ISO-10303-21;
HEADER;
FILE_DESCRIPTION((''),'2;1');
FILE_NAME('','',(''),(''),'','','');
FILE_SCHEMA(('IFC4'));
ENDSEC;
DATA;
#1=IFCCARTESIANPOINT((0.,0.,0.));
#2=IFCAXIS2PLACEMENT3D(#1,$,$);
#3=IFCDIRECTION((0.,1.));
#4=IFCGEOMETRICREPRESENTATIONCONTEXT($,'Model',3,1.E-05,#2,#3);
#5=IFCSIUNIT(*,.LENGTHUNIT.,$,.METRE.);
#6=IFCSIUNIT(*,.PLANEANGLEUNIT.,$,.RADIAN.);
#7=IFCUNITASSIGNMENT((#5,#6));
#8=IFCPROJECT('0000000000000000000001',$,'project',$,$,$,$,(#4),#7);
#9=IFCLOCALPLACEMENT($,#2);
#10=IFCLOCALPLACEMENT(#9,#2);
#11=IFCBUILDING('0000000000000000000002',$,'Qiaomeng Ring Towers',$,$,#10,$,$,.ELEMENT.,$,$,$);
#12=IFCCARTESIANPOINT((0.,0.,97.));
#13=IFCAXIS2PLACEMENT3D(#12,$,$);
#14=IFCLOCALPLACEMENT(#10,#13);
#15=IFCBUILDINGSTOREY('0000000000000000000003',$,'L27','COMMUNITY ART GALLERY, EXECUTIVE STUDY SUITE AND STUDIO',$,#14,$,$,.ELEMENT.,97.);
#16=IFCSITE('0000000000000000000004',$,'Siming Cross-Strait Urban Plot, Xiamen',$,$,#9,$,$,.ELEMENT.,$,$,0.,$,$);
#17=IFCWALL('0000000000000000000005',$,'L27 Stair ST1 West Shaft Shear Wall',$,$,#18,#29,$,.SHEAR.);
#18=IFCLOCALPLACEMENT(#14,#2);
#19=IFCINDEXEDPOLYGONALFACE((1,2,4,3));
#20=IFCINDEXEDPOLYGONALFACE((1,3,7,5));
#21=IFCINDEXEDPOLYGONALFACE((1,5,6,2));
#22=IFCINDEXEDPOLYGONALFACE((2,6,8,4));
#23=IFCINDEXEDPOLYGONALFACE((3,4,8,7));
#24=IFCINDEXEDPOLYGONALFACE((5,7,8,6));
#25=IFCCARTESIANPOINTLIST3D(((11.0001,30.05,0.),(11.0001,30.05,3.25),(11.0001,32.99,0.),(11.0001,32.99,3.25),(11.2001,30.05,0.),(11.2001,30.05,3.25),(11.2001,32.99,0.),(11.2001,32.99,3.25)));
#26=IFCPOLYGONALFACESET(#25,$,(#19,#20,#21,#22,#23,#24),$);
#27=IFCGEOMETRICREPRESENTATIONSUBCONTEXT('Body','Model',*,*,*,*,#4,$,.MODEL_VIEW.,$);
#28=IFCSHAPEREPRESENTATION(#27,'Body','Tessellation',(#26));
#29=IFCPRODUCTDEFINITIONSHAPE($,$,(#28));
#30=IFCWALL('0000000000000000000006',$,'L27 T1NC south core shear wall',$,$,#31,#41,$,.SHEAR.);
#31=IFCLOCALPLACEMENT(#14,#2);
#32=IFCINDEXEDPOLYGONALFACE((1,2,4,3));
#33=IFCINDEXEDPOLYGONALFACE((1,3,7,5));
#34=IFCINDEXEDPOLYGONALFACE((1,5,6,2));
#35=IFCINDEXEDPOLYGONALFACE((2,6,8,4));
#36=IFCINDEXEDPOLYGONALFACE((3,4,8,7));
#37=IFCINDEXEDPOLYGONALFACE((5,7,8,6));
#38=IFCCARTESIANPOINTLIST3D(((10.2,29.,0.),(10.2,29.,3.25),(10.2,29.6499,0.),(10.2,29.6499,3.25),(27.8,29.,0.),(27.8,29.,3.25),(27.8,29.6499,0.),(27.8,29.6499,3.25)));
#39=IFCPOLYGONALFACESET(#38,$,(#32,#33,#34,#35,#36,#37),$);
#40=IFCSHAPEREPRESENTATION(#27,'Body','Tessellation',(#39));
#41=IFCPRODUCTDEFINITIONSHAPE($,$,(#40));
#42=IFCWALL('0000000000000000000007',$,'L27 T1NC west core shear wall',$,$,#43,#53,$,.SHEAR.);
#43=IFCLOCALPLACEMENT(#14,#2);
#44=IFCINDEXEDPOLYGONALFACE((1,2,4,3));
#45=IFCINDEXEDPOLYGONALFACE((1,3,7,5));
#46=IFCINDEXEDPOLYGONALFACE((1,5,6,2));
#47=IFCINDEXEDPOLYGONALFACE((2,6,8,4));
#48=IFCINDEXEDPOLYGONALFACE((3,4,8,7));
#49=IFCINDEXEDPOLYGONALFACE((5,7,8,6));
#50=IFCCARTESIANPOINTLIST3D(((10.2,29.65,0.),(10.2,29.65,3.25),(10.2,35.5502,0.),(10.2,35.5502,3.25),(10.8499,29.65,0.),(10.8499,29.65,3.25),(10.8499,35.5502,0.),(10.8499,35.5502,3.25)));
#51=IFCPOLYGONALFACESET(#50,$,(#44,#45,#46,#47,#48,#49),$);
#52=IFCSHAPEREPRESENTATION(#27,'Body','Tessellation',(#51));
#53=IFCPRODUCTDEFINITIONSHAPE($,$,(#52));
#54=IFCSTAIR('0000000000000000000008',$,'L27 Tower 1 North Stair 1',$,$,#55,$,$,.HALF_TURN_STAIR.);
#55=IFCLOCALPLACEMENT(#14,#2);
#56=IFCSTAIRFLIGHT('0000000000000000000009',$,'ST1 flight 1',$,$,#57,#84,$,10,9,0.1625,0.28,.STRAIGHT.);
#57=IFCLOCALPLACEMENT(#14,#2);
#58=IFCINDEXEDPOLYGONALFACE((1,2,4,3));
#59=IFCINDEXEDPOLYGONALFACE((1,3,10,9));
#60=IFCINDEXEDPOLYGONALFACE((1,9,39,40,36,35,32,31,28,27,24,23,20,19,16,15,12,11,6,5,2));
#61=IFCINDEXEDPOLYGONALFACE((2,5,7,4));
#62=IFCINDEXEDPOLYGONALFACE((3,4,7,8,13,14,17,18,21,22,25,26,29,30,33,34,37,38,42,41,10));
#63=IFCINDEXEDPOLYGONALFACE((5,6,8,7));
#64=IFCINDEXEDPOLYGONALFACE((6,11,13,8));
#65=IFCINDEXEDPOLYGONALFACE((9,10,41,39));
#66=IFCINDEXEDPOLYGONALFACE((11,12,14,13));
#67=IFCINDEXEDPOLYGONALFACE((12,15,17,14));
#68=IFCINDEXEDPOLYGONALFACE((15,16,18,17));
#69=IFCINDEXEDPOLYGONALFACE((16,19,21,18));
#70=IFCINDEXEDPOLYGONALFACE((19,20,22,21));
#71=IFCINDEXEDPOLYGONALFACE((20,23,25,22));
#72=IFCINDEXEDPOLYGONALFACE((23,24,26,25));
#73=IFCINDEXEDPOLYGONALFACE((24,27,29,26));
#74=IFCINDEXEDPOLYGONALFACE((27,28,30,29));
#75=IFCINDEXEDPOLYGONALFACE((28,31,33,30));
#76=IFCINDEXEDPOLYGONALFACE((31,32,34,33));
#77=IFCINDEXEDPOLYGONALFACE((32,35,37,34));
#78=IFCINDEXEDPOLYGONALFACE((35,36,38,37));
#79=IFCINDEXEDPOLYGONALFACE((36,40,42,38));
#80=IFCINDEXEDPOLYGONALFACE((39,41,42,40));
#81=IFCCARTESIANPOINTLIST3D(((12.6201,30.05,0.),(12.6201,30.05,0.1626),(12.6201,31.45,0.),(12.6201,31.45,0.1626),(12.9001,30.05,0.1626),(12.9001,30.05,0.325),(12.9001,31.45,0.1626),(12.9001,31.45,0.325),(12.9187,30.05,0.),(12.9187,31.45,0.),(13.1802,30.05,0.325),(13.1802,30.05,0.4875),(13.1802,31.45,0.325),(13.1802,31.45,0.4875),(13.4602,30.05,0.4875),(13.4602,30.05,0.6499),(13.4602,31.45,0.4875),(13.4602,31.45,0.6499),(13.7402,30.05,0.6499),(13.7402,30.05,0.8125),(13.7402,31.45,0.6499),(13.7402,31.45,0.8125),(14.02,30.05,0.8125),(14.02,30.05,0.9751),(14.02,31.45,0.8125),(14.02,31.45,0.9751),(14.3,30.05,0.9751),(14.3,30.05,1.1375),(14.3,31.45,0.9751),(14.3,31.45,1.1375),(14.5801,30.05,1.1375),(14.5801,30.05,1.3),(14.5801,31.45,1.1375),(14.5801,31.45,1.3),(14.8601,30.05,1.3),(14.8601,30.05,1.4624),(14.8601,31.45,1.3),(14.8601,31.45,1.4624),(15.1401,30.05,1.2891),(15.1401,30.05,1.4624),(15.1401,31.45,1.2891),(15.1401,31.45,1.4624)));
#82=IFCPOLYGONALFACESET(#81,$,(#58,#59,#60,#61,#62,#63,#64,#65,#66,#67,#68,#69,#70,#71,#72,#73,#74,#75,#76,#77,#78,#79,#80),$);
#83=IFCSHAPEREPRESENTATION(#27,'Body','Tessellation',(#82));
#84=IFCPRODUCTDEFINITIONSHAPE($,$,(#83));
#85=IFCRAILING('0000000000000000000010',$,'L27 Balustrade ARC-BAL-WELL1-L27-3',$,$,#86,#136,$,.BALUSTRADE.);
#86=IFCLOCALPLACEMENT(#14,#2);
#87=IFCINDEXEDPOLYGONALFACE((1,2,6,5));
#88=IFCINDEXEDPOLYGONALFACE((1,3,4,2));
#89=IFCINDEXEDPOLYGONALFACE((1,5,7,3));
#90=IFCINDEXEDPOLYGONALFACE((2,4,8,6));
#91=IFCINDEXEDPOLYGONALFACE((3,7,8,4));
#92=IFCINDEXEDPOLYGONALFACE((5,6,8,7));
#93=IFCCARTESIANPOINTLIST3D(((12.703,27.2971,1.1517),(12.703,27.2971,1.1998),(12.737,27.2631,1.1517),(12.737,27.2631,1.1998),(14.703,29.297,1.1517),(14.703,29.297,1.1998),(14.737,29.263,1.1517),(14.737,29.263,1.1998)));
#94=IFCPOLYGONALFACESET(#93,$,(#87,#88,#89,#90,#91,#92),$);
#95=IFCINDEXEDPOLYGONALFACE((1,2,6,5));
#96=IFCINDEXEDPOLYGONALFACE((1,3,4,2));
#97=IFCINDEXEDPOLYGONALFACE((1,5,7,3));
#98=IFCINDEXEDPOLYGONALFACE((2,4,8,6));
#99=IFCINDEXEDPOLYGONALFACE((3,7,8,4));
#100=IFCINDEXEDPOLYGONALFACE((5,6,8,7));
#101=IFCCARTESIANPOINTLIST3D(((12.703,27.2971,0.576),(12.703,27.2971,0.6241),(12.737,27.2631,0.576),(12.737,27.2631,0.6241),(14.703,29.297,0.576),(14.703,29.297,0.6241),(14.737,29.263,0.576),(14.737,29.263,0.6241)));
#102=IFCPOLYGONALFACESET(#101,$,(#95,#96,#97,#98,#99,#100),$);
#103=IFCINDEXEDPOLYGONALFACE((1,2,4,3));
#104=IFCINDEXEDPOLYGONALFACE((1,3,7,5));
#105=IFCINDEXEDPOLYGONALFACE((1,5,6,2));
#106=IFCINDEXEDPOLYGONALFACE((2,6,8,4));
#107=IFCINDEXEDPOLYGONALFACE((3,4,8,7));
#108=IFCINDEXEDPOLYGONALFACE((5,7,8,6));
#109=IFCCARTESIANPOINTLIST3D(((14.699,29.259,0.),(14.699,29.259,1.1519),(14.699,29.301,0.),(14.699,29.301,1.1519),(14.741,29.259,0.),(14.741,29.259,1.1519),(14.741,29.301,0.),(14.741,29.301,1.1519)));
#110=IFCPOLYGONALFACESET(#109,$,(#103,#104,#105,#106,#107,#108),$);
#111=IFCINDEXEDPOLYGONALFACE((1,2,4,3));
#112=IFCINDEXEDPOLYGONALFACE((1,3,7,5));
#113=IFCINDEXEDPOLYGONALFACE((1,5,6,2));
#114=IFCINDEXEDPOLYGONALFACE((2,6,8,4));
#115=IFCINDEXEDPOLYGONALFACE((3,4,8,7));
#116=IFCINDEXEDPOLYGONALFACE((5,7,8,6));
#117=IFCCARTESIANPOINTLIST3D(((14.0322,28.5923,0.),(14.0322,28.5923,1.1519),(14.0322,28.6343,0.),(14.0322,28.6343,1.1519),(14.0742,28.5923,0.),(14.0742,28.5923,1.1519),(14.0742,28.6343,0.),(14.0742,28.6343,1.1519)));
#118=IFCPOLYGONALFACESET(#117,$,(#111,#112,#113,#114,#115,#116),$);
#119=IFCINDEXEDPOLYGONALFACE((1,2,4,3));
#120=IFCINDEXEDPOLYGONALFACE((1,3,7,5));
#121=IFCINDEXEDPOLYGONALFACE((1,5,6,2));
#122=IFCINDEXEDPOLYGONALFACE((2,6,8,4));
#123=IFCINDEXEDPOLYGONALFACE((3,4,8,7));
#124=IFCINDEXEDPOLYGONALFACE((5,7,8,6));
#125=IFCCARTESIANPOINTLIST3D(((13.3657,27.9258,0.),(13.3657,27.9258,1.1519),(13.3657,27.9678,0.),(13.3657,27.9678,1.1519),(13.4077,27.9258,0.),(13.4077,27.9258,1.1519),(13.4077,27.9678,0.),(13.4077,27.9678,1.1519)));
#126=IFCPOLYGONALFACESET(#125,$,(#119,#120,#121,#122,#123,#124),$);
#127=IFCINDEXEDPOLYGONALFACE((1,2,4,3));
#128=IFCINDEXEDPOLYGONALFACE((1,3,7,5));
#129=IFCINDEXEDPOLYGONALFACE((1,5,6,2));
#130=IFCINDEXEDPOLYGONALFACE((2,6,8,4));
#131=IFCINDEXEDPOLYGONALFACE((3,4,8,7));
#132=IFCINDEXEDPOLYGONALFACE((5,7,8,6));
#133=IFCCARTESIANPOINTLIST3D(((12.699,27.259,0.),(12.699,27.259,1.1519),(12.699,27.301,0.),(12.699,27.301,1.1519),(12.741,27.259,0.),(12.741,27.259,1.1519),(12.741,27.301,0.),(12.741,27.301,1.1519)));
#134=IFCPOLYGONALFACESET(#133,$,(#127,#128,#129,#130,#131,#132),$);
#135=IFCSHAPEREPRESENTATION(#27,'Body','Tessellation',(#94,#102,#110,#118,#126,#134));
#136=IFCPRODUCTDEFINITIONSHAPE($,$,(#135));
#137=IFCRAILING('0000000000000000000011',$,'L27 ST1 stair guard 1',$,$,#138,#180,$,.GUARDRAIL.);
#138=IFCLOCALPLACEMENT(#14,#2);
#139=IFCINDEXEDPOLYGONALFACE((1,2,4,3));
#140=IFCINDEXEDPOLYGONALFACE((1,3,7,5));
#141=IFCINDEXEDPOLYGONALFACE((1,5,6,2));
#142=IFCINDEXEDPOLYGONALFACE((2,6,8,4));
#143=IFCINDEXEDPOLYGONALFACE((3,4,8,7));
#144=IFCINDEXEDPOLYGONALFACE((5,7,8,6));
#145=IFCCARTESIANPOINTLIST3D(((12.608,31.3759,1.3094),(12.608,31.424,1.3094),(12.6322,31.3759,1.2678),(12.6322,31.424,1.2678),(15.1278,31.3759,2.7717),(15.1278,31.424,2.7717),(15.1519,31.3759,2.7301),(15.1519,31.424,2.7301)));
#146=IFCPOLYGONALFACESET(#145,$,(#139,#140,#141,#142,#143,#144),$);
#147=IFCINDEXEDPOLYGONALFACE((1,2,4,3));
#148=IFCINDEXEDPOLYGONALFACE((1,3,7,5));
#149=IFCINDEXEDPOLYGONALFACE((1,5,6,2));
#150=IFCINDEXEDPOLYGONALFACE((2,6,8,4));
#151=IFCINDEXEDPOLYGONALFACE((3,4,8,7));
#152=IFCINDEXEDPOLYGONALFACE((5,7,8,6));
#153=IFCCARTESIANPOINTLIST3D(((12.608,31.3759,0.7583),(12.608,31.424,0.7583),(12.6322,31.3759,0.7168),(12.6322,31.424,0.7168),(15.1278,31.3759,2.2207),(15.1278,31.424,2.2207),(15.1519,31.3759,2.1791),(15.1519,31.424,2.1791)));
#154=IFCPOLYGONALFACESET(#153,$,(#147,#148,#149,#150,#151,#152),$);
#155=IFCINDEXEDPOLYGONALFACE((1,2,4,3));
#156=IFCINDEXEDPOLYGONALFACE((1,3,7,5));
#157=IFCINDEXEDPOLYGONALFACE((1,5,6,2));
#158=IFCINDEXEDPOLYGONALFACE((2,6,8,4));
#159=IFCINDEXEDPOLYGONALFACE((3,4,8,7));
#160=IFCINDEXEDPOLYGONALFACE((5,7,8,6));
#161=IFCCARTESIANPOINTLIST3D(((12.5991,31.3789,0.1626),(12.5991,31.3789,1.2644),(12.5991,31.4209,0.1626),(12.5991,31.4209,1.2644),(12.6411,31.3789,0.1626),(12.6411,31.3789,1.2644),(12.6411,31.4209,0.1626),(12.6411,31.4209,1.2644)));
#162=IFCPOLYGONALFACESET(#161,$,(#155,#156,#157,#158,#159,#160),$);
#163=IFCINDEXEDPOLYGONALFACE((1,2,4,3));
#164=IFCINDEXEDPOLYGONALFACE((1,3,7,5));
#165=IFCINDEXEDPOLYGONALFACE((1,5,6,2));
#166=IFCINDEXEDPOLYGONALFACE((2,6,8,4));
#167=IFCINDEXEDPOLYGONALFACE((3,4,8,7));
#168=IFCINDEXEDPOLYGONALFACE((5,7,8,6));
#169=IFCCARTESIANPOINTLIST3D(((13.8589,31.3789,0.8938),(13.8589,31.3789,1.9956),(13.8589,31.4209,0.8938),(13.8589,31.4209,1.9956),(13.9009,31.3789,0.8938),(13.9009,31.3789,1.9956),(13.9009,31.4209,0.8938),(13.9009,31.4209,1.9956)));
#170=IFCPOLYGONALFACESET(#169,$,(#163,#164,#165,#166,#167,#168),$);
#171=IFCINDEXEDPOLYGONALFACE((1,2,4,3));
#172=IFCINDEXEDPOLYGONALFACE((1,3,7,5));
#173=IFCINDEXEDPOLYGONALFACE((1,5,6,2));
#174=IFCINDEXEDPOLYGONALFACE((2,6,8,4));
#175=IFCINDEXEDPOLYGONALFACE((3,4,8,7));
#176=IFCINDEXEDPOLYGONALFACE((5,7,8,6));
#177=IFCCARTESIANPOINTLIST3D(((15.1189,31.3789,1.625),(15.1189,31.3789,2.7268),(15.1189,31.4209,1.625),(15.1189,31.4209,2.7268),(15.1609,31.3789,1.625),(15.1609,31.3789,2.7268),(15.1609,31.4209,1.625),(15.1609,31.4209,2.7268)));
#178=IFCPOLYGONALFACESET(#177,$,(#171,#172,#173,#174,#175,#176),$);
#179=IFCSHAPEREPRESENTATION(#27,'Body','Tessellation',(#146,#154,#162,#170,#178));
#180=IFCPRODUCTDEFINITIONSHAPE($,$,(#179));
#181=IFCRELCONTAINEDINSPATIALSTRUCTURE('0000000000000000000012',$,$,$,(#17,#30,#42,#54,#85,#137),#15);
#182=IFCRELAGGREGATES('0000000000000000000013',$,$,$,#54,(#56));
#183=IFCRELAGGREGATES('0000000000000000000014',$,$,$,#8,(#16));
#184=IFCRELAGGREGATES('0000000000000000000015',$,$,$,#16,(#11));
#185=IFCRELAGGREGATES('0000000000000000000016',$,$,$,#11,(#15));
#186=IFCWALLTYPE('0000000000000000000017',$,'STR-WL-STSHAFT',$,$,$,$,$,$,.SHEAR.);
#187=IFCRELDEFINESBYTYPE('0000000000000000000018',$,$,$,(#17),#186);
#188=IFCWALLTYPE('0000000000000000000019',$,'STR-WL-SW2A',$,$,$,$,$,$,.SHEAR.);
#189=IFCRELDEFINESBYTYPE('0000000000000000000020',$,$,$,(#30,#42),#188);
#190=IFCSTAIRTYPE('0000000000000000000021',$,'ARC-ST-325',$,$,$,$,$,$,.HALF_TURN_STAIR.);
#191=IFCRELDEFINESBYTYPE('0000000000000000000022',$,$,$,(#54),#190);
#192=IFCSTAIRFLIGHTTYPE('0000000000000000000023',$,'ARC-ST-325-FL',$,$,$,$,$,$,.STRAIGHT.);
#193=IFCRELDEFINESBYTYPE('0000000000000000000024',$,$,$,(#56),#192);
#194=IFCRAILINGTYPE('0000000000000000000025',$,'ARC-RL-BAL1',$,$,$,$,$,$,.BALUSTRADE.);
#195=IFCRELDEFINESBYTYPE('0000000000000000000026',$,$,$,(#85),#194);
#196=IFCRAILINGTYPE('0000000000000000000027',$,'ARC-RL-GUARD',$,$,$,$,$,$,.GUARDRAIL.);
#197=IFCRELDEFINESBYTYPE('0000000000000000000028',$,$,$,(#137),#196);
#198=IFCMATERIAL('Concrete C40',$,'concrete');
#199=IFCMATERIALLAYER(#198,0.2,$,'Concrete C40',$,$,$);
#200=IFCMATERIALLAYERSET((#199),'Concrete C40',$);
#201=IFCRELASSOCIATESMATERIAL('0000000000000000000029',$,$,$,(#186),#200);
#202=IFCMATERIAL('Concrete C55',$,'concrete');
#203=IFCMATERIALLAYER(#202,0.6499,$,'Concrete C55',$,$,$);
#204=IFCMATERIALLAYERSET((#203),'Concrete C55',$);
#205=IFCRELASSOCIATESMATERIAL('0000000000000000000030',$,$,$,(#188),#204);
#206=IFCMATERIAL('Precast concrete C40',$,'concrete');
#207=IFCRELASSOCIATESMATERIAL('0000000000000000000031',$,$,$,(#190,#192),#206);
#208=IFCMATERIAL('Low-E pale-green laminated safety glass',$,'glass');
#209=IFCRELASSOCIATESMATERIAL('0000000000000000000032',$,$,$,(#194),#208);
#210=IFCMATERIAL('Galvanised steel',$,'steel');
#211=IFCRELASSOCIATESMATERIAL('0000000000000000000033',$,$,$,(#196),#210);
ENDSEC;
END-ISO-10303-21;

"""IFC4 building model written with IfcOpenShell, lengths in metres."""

from ifc_helpers import new_model, si_unit, direction, frame, frame_2d, origin, origin_2d, place, context, subcontext, project, spatial, polyline, rectangle, outline, extrude, source, transform, mapped, material, layer, layer_set, type_object, element, aggregate, save


model = new_model("IFC4")

# Units and contexts
model_context = context("Model", 3, precision=1e-05, world=origin(), true_north=direction((0.0, 1.0)))
body_context = subcontext(model_context, "Body", "Model", "MODEL_VIEW")
ifc_project = project(units=[si_unit("LENGTHUNIT", "METRE"), si_unit("PLANEANGLEUNIT", "RADIAN")], contexts=[model_context])

# Site, building, storey
site_placement = place(None, origin())
site = spatial("IfcSite", under=ifc_project, at=site_placement, Name="Siming Cross-Strait Urban Plot, Xiamen", CompositionType="ELEMENT", RefElevation=0.0)
building_placement = place(site_placement, origin())
building = spatial("IfcBuilding", under=site, at=building_placement, Name="Qiaomeng Ring Towers", CompositionType="ELEMENT")
storey_placement = place(building_placement, frame((0.0, 0.0, 97.0)))
storey = spatial("IfcBuildingStorey", under=building, at=storey_placement, Name="L27", Description="COMMUNITY ART GALLERY, EXECUTIVE STUDY SUITE AND STUDIO", CompositionType="ELEMENT", Elevation=97.0)

# Shared definitions
ifc_material_1 = material(Name="Concrete C55", Category="concrete")

# Walls
ifc_material_2 = material(Name="Concrete C40", Category="concrete")
ifc_layer_1 = layer(ifc_material_2, 0.2, Name="Concrete C40")
ifc_layer_set_1 = layer_set([ifc_layer_1], Name="Concrete C40")
wall_type_1 = type_object("IfcWallType", Name="STR-WL-STSHAFT", PredefinedType="SHEAR", material=ifc_layer_set_1)
wall_1_placement = place(storey_placement, frame((11.1001, 30.05, 0.0), z_axis=(0.0, 0.0, 1.0), x_axis=(0.0, 1.0, 0.0)))
element("IfcWall", 1, at=wall_1_placement, inside=storey, type_object=wall_type_1, Name="L27 Stair ST1 West Shaft Shear Wall", PredefinedType="SHEAR", context=body_context, shape_type="SweptSolid", body=[
    extrude(rectangle(XDim=2.9399, YDim=0.2, at=frame_2d((1.47, 0.0))), origin(), (0.0, 0.0, 1.0), 3.25),
])
ifc_layer_2 = layer(ifc_material_1, 0.6499, Name="Concrete C55")
ifc_layer_set_2 = layer_set([ifc_layer_2], Name="Concrete C55")
wall_type_2 = type_object("IfcWallType", Name="STR-WL-SW2A", PredefinedType="SHEAR", material=ifc_layer_set_2)
wall_2_placement = place(storey_placement, frame((10.2, 29.325, 0.0), z_axis=(0.0, 0.0, 1.0), x_axis=(1.0, 0.0, 0.0)))
element("IfcWall", 2, at=wall_2_placement, inside=storey, type_object=wall_type_2, Name="L27 T1NC south core shear wall", PredefinedType="SHEAR", context=body_context, shape_type="SweptSolid", body=[
    extrude(rectangle(XDim=17.6001, YDim=0.6499, at=frame_2d((8.8, 0.0))), origin(), (0.0, 0.0, 1.0), 3.25),
])
wall_3_placement = place(storey_placement, frame((10.5249, 29.6499, 0.0), z_axis=(0.0, 0.0, 1.0), x_axis=(0.0, 1.0, 0.0)))
element("IfcWall", 3, at=wall_3_placement, inside=storey, type_object=wall_type_2, Name="L27 T1NC west core shear wall", PredefinedType="SHEAR", context=body_context, shape_type="SweptSolid", body=[
    extrude(rectangle(XDim=5.9001, YDim=0.6499, at=frame_2d((2.9502, 0.0))), origin(), (0.0, 0.0, 1.0), 3.25),
])

# Stair, stair flight
ifc_material_3 = material(Name="Precast concrete C40", Category="concrete")
stair_type = type_object("IfcStairType", Name="ARC-ST-325", PredefinedType="HALF_TURN_STAIR", material=ifc_material_3)
stair_placement = place(storey_placement, origin())
stair = element("IfcStair", 4, at=stair_placement, inside=storey, type_object=stair_type, Name="L27 Tower 1 North Stair 1", PredefinedType="HALF_TURN_STAIR")
stair_flight_type = type_object("IfcStairFlightType", Name="ARC-ST-325-FL", PredefinedType="STRAIGHT", material=ifc_material_3)
shared_shape_1 = source(origin(), body_context, "Body", "SweptSolid", [
    extrude(outline(polyline([(0.0, 0.0), (0.0, 0.1626), (0.28, 0.1626), (0.28, 0.325), (0.5601, 0.325), (0.5601, 0.4875), (0.8401, 0.4875), (0.8401, 0.6499), (1.1201, 0.6499), (1.1201, 0.8125), (1.3999, 0.8125), (1.3999, 0.9751), (1.6799, 0.9751), (1.6799, 1.1375), (1.96, 1.1375), (1.96, 1.3), (2.24, 1.3), (2.24, 1.4624), (2.52, 1.4624), (2.52, 1.625), (2.52, 1.2891), (0.2986, 0.0), (0.0, 0.0)])), frame((0.0, 0.7, 0.0), z_axis=(0.0, -1.0, 0.0), x_axis=(1.0, 0.0, 0.0)), (0.0, 0.0, 1.0), 1.3999),
])
stair_flight_placement = place(storey_placement, frame((12.6201, 30.75, 0.0), z_axis=(0.0, 0.0, 1.0), x_axis=(1.0, 0.0, 0.0)))
stair_flight = element("IfcStairFlight", 5, at=stair_flight_placement, type_object=stair_flight_type, Name="ST1 flight 1", NumberOfRisers=10, NumberOfTreads=9, PredefinedType="STRAIGHT", RiserHeight=0.1625, TreadLength=0.28, context=body_context, shape_type="MappedRepresentation", body=[
    mapped(shared_shape_1, transform((0.0, 0.0, 0.0), x_axis=(1.0, 0.0, 0.0), y_axis=(0.0, 1.0, 0.0), z_axis=(0.0, 0.0, 1.0), scale=1.0)),
])
aggregate(stair, [stair_flight])

# Railings
ifc_material_4 = material(Name="Low-E pale-green laminated safety glass", Category="glass")
railing_type_1 = type_object("IfcRailingType", Name="ARC-RL-BAL1", PredefinedType="BALUSTRADE", material=ifc_material_4)
railing_1_placement = place(storey_placement, frame((14.72, 29.28, 0.0)))
element("IfcRailing", 6, at=railing_1_placement, inside=storey, type_object=railing_type_1, Name="L27 Balustrade ARC-BAL-WELL1-L27-3", PredefinedType="BALUSTRADE", context=body_context, shape_type="SweptSolid", body=[
    extrude(rectangle(XDim=0.0481, YDim=0.0481, at=origin_2d()), frame((0.0, 0.0, 1.1758), z_axis=(-0.707107, -0.707107, 0.0), x_axis=(0.707107, -0.707107, 0.0)), (0.0, 0.0, 1.0), 2.8284),
    extrude(rectangle(XDim=0.0481, YDim=0.0481, at=origin_2d()), frame((0.0, 0.0, 0.6001), z_axis=(-0.707107, -0.707107, 0.0), x_axis=(0.707107, -0.707107, 0.0)), (0.0, 0.0, 1.0), 2.8284),
    extrude(rectangle(XDim=0.042, YDim=0.042, at=origin_2d()), origin(), (0.0, 0.0, 1.0), 1.1519),
    extrude(rectangle(XDim=0.042, YDim=0.042, at=origin_2d()), frame((-0.6667, -0.6667, 0.0)), (0.0, 0.0, 1.0), 1.1519),
    extrude(rectangle(XDim=0.042, YDim=0.042, at=origin_2d()), frame((-1.3333, -1.3333, 0.0)), (0.0, 0.0, 1.0), 1.1519),
    extrude(rectangle(XDim=0.042, YDim=0.042, at=origin_2d()), frame((-2.0, -2.0, 0.0)), (0.0, 0.0, 1.0), 1.1519),
])
ifc_material_5 = material(Name="Galvanised steel", Category="steel")
railing_type_2 = type_object("IfcRailingType", Name="ARC-RL-GUARD", PredefinedType="GUARDRAIL", material=ifc_material_5)
railing_2_placement = place(storey_placement, frame((12.6201, 31.3999, 0.1626)))
element("IfcRailing", 7, at=railing_2_placement, inside=storey, type_object=railing_type_2, Name="L27 ST1 stair guard 1", PredefinedType="GUARDRAIL", context=body_context, shape_type="SweptSolid", body=[
    extrude(rectangle(XDim=0.0481, YDim=0.0481, at=origin_2d()), frame((0.0, 0.0, 1.126), z_axis=(0.864892, 0.0, 0.501958), x_axis=(0.0, 1.0, 0.0)), (0.0, 0.0, 1.0), 2.9133),
    extrude(rectangle(XDim=0.0481, YDim=0.0481, at=origin_2d()), frame((0.0, 0.0, 0.575), z_axis=(0.864892, 0.0, 0.501958), x_axis=(0.0, 1.0, 0.0)), (0.0, 0.0, 1.0), 2.9133),
    extrude(rectangle(XDim=0.042, YDim=0.042, at=origin_2d()), origin(), (0.0, 0.0, 1.0), 1.1018),
    extrude(rectangle(XDim=0.042, YDim=0.042, at=origin_2d()), frame((1.2598, 0.0, 0.7312)), (0.0, 0.0, 1.0), 1.1018),
    extrude(rectangle(XDim=0.042, YDim=0.042, at=origin_2d()), frame((2.5198, 0.0, 1.4624)), (0.0, 0.0, 1.0), 1.1018),
])

save(model, "model.ifc")
